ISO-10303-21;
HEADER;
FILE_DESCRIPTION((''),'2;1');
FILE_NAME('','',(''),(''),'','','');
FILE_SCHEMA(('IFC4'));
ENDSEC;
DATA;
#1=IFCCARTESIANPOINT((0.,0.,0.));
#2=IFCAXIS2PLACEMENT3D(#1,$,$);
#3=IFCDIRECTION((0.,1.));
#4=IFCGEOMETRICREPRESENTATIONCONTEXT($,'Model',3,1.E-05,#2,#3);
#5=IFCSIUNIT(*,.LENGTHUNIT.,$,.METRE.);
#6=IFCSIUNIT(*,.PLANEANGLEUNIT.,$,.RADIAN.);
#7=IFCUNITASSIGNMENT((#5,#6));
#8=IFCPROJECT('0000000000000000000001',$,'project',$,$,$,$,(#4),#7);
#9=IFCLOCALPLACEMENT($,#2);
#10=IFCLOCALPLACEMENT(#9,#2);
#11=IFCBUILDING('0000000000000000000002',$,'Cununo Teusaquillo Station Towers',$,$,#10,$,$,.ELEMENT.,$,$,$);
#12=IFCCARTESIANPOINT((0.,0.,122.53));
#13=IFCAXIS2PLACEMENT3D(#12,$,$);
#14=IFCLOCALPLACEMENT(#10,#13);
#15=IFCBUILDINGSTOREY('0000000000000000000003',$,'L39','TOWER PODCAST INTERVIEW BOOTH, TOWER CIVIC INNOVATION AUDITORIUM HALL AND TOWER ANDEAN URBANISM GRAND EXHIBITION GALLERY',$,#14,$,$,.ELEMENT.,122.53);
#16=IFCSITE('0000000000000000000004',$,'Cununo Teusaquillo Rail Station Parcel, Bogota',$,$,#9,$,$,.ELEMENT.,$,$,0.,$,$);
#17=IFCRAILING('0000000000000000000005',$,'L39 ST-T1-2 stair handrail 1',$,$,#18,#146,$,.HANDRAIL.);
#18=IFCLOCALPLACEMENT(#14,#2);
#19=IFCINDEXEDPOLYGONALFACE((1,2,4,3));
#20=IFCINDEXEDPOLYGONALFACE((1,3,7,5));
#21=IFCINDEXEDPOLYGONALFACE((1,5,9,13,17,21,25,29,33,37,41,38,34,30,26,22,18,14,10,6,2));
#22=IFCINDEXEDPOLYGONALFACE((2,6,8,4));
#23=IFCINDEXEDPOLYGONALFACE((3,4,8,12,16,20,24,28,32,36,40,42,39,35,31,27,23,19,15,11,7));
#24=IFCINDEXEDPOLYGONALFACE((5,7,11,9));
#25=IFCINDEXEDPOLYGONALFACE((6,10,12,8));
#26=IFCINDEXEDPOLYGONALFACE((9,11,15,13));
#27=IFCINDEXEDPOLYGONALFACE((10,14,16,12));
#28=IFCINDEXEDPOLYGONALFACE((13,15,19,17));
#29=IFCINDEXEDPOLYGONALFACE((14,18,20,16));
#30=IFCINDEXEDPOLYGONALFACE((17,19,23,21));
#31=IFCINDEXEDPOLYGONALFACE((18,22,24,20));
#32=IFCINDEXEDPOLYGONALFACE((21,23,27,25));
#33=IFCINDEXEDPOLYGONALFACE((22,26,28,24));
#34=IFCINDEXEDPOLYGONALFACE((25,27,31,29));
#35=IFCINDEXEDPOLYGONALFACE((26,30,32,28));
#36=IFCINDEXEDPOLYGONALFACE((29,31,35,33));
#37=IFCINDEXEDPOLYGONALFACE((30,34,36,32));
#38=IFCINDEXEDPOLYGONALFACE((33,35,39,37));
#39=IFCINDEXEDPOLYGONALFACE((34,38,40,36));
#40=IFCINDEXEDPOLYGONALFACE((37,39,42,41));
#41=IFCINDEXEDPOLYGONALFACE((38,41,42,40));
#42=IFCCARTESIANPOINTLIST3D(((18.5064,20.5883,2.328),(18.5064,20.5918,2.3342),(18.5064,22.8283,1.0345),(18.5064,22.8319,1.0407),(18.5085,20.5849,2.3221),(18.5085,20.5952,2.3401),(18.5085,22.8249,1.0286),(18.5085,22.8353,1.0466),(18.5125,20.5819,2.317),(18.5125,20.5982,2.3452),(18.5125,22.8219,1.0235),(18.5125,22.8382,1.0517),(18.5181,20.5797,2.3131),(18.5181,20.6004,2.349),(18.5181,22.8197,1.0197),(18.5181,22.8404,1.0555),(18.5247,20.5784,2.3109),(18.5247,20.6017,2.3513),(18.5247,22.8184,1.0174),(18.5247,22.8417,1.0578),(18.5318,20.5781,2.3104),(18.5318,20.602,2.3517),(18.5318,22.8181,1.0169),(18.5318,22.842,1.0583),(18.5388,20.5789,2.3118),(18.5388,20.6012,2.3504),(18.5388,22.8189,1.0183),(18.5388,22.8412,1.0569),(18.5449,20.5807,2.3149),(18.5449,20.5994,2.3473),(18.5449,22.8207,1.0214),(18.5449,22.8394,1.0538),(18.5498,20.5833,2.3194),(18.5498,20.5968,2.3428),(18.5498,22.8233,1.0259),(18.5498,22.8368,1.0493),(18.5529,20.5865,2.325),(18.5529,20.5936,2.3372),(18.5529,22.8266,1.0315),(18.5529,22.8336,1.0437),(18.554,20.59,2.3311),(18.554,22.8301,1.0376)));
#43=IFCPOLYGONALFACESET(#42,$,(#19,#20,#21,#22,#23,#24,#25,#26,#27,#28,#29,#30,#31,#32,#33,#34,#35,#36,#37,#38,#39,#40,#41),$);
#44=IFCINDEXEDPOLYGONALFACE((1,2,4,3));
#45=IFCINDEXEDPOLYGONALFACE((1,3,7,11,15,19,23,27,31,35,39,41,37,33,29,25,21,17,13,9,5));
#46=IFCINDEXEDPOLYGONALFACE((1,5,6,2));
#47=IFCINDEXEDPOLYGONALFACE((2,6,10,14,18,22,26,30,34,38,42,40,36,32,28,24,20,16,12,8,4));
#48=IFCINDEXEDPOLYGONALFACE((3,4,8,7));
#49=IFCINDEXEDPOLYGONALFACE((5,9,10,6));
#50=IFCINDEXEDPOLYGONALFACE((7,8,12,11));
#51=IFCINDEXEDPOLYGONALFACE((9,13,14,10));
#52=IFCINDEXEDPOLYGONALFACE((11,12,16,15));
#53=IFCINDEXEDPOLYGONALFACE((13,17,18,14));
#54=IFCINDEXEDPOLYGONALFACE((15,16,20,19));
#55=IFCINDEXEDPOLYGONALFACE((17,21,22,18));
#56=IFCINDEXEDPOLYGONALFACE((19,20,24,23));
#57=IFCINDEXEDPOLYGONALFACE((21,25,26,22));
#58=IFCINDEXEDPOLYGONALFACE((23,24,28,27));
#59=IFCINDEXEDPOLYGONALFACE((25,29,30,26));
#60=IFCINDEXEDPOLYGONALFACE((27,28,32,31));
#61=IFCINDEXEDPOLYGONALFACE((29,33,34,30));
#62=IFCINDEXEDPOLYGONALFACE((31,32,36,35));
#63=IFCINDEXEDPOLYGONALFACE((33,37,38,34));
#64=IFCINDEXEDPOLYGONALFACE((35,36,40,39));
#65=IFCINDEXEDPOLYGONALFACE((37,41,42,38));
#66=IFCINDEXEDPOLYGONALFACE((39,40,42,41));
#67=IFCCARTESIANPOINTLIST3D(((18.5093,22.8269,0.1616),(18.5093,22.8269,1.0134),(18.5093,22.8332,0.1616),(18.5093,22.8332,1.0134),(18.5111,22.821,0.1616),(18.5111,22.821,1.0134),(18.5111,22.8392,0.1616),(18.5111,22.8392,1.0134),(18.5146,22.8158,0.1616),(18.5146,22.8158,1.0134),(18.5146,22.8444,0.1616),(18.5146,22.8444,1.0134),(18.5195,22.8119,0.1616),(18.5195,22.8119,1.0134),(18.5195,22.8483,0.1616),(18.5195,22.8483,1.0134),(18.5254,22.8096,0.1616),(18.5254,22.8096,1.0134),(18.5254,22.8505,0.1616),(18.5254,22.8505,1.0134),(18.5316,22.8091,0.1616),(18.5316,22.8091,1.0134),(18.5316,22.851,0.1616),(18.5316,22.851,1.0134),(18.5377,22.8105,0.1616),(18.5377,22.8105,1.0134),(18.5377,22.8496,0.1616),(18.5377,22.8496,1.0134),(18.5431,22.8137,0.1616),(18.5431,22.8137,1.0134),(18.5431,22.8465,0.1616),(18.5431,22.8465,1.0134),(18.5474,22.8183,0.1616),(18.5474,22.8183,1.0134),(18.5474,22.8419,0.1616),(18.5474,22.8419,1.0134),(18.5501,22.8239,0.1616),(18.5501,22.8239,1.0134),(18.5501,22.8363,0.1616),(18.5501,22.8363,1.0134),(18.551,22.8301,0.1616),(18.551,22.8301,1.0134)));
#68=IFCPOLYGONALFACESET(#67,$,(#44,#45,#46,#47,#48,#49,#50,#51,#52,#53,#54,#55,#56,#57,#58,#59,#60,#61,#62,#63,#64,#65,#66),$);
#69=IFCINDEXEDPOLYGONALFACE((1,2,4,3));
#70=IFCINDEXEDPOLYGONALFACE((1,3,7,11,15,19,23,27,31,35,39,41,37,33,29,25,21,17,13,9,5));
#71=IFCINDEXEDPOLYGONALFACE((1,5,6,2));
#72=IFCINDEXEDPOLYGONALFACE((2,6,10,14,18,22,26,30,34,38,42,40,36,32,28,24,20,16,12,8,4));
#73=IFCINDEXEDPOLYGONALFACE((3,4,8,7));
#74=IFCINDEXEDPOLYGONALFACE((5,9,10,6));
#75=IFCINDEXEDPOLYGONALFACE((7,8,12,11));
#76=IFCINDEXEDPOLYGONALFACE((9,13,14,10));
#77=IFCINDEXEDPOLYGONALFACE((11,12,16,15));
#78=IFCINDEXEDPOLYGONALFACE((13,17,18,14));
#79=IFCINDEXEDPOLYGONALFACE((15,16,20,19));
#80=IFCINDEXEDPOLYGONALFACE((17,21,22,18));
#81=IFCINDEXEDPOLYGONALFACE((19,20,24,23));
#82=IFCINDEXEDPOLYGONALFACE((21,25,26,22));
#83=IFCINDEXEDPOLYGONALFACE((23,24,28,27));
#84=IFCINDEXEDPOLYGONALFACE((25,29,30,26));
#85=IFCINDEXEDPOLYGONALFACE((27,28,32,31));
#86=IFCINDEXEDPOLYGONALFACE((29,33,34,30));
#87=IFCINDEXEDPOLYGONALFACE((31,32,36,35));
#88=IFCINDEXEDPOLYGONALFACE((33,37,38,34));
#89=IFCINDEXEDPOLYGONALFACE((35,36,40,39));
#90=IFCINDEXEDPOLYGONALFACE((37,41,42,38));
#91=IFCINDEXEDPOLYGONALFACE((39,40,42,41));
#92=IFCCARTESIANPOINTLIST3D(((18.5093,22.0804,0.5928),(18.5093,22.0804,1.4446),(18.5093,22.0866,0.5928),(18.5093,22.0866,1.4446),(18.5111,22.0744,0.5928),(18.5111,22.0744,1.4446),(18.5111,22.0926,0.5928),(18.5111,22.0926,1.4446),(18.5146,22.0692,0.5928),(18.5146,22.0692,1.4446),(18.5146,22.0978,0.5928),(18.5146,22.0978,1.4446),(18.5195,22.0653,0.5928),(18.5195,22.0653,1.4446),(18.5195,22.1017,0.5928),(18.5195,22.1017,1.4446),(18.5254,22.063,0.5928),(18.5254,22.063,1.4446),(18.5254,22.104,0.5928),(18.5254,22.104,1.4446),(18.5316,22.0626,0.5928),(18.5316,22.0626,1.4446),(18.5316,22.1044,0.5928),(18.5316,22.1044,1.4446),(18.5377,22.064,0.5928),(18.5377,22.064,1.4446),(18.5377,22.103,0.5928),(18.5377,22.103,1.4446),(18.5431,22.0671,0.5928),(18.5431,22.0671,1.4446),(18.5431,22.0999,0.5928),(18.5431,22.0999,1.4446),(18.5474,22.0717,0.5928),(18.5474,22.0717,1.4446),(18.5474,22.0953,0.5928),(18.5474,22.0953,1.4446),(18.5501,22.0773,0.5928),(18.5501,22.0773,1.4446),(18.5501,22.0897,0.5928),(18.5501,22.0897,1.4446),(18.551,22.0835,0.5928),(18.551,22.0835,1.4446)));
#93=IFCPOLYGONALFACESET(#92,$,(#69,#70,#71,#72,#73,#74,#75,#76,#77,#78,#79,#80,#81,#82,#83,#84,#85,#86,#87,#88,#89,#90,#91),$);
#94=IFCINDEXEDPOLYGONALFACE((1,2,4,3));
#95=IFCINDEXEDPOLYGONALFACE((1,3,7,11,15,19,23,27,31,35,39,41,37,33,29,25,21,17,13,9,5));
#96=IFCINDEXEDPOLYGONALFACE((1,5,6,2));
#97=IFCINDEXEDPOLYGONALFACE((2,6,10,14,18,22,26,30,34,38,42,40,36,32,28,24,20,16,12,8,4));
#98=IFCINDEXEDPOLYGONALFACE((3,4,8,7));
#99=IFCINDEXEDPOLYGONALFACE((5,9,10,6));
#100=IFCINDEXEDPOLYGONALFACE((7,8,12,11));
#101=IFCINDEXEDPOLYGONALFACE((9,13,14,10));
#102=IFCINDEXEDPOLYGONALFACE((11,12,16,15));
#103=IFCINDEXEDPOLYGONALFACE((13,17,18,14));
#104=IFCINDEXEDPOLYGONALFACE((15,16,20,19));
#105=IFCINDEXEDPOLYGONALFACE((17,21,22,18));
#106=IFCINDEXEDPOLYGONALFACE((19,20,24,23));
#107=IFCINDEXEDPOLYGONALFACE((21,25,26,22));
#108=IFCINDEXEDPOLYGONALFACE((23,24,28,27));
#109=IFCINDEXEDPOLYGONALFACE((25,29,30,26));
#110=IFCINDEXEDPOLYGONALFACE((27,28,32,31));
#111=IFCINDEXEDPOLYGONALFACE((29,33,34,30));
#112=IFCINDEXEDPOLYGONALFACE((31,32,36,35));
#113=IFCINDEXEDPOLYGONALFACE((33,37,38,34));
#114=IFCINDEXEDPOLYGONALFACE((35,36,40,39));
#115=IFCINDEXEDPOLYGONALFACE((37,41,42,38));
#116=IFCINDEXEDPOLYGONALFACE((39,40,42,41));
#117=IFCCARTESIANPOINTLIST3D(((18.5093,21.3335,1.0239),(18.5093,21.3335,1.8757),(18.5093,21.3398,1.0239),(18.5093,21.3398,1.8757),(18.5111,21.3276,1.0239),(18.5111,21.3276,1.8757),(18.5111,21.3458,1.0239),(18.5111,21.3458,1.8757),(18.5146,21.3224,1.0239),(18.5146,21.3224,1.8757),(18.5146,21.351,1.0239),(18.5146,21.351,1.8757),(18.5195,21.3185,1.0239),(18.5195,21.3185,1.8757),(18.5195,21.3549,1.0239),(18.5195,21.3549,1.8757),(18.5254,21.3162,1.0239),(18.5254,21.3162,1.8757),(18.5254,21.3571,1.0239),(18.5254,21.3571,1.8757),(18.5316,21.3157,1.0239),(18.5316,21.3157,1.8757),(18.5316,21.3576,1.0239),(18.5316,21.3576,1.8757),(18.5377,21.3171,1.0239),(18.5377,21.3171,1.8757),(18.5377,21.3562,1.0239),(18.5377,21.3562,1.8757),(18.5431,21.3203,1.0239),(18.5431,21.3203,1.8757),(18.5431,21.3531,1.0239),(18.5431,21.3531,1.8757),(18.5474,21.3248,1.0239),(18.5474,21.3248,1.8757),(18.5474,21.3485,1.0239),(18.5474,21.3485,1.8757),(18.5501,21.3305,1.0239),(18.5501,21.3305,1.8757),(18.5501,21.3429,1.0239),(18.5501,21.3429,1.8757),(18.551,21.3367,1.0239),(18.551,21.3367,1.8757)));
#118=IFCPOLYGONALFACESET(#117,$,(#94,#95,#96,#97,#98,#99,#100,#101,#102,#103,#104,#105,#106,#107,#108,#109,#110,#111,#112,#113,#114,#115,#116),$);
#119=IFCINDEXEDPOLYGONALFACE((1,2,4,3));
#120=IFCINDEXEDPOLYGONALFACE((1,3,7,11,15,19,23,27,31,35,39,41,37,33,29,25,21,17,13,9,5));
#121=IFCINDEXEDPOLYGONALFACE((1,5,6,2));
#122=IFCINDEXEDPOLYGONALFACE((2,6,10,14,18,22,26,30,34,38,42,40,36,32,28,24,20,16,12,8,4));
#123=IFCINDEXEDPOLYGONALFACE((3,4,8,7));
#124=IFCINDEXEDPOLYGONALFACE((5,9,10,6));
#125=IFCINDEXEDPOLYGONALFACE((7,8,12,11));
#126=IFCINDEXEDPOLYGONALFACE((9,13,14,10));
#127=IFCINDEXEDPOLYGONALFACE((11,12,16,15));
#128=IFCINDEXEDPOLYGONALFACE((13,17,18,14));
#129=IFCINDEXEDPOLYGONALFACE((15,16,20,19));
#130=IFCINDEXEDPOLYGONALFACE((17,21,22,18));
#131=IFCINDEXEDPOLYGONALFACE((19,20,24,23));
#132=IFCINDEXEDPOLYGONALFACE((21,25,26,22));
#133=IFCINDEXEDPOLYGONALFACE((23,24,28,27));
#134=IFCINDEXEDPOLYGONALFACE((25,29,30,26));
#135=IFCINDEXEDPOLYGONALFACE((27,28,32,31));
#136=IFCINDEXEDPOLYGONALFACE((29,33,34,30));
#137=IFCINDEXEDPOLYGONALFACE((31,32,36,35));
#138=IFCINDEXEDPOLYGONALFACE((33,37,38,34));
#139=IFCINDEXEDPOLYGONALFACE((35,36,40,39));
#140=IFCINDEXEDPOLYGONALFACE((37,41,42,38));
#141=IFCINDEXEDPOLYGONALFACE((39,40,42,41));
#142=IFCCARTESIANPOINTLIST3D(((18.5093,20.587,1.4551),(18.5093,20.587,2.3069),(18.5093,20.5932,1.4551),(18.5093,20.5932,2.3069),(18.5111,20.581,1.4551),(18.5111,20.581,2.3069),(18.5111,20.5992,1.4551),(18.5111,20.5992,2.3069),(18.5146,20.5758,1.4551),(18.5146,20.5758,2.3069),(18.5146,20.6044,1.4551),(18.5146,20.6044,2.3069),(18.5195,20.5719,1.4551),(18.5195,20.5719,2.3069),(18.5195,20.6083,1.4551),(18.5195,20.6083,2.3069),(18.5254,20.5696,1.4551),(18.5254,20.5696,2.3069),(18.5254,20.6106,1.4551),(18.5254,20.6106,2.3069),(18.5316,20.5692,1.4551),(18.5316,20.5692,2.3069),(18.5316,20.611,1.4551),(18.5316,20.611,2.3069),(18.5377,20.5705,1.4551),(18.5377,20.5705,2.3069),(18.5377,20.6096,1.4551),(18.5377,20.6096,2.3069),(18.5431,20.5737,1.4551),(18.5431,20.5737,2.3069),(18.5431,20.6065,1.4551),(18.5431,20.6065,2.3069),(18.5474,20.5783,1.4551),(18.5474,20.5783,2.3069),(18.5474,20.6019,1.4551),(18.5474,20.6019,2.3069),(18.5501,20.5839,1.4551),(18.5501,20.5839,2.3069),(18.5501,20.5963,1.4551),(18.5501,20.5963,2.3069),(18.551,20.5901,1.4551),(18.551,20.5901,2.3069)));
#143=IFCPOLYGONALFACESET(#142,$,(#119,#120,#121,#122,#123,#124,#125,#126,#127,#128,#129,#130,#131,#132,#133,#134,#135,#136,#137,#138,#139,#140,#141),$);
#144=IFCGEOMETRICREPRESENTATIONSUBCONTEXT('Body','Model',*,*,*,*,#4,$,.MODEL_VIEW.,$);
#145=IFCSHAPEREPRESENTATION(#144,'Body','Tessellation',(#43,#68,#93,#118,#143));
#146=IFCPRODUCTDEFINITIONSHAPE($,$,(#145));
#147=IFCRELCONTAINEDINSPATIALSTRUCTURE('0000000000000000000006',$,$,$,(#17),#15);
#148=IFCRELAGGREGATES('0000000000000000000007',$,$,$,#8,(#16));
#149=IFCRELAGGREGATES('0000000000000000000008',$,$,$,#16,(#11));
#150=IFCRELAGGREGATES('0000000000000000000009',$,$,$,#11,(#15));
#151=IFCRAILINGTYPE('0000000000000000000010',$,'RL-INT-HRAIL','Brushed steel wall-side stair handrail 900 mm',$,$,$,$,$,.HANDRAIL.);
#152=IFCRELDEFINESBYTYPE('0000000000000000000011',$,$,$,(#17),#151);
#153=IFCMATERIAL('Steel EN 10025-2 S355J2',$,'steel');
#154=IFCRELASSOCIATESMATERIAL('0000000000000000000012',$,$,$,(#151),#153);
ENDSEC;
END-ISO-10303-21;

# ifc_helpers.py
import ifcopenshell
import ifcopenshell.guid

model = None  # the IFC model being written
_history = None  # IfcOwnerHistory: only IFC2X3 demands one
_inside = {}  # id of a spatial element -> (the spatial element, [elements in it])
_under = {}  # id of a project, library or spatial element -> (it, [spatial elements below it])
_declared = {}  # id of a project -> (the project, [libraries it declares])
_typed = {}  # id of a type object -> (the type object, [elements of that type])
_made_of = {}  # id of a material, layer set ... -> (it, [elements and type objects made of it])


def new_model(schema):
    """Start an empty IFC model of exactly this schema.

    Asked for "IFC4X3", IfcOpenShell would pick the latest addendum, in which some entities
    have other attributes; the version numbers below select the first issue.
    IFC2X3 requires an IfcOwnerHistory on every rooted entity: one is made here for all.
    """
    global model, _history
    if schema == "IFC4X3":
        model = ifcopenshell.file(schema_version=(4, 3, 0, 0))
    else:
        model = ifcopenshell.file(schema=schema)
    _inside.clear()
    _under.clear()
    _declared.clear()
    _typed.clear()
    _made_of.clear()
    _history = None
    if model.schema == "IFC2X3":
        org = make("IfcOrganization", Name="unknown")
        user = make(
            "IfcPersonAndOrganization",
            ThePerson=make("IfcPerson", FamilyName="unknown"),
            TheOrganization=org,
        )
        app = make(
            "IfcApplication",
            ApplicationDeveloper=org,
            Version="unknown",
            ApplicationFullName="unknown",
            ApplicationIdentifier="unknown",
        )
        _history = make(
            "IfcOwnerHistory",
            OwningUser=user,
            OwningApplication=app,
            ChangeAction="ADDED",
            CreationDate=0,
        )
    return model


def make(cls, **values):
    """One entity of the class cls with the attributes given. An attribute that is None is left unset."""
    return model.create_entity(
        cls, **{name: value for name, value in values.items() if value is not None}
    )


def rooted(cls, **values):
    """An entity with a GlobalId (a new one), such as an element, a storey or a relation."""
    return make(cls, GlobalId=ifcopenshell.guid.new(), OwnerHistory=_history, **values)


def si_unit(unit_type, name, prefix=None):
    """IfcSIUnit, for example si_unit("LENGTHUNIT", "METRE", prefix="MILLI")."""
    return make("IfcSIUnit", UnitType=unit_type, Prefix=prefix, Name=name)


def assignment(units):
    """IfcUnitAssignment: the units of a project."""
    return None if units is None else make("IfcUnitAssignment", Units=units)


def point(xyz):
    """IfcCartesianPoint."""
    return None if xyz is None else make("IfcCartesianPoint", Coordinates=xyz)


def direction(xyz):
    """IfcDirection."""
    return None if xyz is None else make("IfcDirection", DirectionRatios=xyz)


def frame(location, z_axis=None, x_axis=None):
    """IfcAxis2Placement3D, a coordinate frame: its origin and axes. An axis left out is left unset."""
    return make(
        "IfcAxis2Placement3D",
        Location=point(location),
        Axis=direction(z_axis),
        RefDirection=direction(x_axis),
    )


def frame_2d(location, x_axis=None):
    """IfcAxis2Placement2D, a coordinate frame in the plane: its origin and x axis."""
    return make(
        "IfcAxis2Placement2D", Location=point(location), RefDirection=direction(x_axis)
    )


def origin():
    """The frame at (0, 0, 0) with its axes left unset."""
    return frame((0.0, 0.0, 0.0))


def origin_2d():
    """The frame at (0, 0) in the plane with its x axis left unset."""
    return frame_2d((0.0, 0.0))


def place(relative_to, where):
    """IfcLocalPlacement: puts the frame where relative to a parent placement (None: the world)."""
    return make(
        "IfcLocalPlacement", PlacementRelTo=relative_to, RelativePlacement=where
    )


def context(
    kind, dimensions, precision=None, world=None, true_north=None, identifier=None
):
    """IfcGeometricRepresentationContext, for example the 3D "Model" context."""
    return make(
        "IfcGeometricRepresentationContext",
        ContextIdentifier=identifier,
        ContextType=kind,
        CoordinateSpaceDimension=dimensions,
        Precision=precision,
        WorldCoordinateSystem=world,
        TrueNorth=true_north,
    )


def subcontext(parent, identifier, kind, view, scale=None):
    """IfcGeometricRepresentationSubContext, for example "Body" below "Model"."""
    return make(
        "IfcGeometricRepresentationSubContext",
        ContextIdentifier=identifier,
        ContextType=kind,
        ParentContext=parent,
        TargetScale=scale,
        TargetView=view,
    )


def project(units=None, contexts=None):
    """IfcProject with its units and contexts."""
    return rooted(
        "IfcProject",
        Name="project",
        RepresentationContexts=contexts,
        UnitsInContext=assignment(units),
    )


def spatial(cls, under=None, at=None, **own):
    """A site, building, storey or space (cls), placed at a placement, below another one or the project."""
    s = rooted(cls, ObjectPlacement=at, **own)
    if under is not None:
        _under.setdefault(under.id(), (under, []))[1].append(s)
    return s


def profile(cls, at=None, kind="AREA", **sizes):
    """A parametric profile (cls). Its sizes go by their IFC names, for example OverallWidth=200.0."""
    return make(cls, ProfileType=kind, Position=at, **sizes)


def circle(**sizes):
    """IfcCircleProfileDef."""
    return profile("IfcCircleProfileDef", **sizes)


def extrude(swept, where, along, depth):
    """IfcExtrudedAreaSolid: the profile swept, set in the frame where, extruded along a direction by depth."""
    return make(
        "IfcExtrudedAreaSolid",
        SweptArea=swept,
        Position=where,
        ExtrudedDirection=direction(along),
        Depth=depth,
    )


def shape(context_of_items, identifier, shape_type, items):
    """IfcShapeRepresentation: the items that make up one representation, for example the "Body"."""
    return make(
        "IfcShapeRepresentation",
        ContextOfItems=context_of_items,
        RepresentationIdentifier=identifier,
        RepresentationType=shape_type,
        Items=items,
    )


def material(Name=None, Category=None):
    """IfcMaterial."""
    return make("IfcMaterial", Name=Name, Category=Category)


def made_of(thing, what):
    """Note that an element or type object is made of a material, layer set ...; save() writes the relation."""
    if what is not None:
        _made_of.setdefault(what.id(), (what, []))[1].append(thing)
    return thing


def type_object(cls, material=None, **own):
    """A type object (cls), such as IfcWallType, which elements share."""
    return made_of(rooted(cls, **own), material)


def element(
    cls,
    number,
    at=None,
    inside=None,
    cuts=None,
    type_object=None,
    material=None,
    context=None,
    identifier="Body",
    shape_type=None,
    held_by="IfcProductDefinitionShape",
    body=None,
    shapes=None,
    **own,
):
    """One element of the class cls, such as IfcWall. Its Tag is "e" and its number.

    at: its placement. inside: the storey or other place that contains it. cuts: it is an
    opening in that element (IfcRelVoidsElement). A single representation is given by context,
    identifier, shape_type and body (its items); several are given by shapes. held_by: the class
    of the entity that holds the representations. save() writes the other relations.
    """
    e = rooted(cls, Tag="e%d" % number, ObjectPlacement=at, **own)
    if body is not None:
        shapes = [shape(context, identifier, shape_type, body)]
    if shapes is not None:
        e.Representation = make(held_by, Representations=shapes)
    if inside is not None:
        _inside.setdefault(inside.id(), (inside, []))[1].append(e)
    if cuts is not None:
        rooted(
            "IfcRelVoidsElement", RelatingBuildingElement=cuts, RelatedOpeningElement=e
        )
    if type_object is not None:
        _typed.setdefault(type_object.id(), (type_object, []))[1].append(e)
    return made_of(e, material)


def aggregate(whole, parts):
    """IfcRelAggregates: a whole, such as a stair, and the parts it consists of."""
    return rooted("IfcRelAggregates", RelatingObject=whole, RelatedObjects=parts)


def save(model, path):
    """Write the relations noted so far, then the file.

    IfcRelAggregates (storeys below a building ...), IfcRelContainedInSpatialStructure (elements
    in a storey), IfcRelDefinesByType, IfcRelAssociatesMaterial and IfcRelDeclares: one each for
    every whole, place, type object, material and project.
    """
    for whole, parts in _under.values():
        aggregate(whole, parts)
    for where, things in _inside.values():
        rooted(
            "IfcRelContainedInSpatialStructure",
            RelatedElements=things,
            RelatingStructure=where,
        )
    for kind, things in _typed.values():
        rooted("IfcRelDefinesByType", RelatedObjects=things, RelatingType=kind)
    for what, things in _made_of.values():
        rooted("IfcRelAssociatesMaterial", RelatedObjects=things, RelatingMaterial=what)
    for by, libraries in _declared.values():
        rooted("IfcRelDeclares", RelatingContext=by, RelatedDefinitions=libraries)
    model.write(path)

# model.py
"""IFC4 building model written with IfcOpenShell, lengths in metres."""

from ifc_helpers import new_model, si_unit, direction, frame, origin, origin_2d, place, context, subcontext, project, spatial, circle, extrude, material, type_object, element, save


model = new_model("IFC4")

# Units and contexts
model_context = context("Model", 3, precision=1e-05, world=origin(), true_north=direction((0.0, 1.0)))
body_context = subcontext(model_context, "Body", "Model", "MODEL_VIEW")
ifc_project = project(units=[si_unit("LENGTHUNIT", "METRE"), si_unit("PLANEANGLEUNIT", "RADIAN")], contexts=[model_context])

# Site, building, storey
site_placement = place(None, origin())
site = spatial("IfcSite", under=ifc_project, at=site_placement, Name="Cununo Teusaquillo Rail Station Parcel, Bogota", CompositionType="ELEMENT", RefElevation=0.0)
building_placement = place(site_placement, origin())
building = spatial("IfcBuilding", under=site, at=building_placement, Name="Cununo Teusaquillo Station Towers", CompositionType="ELEMENT")
storey_placement = place(building_placement, frame((0.0, 0.0, 122.53)))
storey = spatial("IfcBuildingStorey", under=building, at=storey_placement, Name="L39", Description="TOWER PODCAST INTERVIEW BOOTH, TOWER CIVIC INNOVATION AUDITORIUM HALL AND TOWER ANDEAN URBANISM GRAND EXHIBITION GALLERY", CompositionType="ELEMENT", Elevation=122.53)

# Railing
ifc_material_1 = material(Name="Steel EN 10025-2 S355J2", Category="steel")
railing_type_1 = type_object("IfcRailingType", Name="RL-INT-HRAIL", Description="Brushed steel wall-side stair handrail 900 mm", PredefinedType="HANDRAIL", material=ifc_material_1)
railing_1_placement = place(storey_placement, frame((18.53, 22.8301, 0.1616)))
element("IfcRailing", 1, at=railing_1_placement, inside=storey, type_object=railing_type_1, Name="L39 ST-T1-2 stair handrail 1", PredefinedType="HANDRAIL", context=body_context, shape_type="SweptSolid", body=[
    extrude(circle(Radius=0.0239, at=origin_2d()), frame((0.0, 0.0, 0.876), z_axis=(0.0, -0.865992, 0.500057), x_axis=(1.0, 0.0, 0.0)), (0.0, 0.0, 1.0), 2.5867),
    extrude(circle(Radius=0.021, at=origin_2d()), origin(), (0.0, 0.0, 1.0), 0.8518),
    extrude(circle(Radius=0.021, at=origin_2d()), frame((0.0, -0.7466, 0.4312)), (0.0, 0.0, 1.0), 0.8518),
    extrude(circle(Radius=0.021, at=origin_2d()), frame((0.0, -1.4934, 0.8623)), (0.0, 0.0, 1.0), 0.8518),
    extrude(circle(Radius=0.021, at=origin_2d()), frame((0.0, -2.24, 1.2935)), (0.0, 0.0, 1.0), 0.8518),
])

save(model, "model.ifc")
